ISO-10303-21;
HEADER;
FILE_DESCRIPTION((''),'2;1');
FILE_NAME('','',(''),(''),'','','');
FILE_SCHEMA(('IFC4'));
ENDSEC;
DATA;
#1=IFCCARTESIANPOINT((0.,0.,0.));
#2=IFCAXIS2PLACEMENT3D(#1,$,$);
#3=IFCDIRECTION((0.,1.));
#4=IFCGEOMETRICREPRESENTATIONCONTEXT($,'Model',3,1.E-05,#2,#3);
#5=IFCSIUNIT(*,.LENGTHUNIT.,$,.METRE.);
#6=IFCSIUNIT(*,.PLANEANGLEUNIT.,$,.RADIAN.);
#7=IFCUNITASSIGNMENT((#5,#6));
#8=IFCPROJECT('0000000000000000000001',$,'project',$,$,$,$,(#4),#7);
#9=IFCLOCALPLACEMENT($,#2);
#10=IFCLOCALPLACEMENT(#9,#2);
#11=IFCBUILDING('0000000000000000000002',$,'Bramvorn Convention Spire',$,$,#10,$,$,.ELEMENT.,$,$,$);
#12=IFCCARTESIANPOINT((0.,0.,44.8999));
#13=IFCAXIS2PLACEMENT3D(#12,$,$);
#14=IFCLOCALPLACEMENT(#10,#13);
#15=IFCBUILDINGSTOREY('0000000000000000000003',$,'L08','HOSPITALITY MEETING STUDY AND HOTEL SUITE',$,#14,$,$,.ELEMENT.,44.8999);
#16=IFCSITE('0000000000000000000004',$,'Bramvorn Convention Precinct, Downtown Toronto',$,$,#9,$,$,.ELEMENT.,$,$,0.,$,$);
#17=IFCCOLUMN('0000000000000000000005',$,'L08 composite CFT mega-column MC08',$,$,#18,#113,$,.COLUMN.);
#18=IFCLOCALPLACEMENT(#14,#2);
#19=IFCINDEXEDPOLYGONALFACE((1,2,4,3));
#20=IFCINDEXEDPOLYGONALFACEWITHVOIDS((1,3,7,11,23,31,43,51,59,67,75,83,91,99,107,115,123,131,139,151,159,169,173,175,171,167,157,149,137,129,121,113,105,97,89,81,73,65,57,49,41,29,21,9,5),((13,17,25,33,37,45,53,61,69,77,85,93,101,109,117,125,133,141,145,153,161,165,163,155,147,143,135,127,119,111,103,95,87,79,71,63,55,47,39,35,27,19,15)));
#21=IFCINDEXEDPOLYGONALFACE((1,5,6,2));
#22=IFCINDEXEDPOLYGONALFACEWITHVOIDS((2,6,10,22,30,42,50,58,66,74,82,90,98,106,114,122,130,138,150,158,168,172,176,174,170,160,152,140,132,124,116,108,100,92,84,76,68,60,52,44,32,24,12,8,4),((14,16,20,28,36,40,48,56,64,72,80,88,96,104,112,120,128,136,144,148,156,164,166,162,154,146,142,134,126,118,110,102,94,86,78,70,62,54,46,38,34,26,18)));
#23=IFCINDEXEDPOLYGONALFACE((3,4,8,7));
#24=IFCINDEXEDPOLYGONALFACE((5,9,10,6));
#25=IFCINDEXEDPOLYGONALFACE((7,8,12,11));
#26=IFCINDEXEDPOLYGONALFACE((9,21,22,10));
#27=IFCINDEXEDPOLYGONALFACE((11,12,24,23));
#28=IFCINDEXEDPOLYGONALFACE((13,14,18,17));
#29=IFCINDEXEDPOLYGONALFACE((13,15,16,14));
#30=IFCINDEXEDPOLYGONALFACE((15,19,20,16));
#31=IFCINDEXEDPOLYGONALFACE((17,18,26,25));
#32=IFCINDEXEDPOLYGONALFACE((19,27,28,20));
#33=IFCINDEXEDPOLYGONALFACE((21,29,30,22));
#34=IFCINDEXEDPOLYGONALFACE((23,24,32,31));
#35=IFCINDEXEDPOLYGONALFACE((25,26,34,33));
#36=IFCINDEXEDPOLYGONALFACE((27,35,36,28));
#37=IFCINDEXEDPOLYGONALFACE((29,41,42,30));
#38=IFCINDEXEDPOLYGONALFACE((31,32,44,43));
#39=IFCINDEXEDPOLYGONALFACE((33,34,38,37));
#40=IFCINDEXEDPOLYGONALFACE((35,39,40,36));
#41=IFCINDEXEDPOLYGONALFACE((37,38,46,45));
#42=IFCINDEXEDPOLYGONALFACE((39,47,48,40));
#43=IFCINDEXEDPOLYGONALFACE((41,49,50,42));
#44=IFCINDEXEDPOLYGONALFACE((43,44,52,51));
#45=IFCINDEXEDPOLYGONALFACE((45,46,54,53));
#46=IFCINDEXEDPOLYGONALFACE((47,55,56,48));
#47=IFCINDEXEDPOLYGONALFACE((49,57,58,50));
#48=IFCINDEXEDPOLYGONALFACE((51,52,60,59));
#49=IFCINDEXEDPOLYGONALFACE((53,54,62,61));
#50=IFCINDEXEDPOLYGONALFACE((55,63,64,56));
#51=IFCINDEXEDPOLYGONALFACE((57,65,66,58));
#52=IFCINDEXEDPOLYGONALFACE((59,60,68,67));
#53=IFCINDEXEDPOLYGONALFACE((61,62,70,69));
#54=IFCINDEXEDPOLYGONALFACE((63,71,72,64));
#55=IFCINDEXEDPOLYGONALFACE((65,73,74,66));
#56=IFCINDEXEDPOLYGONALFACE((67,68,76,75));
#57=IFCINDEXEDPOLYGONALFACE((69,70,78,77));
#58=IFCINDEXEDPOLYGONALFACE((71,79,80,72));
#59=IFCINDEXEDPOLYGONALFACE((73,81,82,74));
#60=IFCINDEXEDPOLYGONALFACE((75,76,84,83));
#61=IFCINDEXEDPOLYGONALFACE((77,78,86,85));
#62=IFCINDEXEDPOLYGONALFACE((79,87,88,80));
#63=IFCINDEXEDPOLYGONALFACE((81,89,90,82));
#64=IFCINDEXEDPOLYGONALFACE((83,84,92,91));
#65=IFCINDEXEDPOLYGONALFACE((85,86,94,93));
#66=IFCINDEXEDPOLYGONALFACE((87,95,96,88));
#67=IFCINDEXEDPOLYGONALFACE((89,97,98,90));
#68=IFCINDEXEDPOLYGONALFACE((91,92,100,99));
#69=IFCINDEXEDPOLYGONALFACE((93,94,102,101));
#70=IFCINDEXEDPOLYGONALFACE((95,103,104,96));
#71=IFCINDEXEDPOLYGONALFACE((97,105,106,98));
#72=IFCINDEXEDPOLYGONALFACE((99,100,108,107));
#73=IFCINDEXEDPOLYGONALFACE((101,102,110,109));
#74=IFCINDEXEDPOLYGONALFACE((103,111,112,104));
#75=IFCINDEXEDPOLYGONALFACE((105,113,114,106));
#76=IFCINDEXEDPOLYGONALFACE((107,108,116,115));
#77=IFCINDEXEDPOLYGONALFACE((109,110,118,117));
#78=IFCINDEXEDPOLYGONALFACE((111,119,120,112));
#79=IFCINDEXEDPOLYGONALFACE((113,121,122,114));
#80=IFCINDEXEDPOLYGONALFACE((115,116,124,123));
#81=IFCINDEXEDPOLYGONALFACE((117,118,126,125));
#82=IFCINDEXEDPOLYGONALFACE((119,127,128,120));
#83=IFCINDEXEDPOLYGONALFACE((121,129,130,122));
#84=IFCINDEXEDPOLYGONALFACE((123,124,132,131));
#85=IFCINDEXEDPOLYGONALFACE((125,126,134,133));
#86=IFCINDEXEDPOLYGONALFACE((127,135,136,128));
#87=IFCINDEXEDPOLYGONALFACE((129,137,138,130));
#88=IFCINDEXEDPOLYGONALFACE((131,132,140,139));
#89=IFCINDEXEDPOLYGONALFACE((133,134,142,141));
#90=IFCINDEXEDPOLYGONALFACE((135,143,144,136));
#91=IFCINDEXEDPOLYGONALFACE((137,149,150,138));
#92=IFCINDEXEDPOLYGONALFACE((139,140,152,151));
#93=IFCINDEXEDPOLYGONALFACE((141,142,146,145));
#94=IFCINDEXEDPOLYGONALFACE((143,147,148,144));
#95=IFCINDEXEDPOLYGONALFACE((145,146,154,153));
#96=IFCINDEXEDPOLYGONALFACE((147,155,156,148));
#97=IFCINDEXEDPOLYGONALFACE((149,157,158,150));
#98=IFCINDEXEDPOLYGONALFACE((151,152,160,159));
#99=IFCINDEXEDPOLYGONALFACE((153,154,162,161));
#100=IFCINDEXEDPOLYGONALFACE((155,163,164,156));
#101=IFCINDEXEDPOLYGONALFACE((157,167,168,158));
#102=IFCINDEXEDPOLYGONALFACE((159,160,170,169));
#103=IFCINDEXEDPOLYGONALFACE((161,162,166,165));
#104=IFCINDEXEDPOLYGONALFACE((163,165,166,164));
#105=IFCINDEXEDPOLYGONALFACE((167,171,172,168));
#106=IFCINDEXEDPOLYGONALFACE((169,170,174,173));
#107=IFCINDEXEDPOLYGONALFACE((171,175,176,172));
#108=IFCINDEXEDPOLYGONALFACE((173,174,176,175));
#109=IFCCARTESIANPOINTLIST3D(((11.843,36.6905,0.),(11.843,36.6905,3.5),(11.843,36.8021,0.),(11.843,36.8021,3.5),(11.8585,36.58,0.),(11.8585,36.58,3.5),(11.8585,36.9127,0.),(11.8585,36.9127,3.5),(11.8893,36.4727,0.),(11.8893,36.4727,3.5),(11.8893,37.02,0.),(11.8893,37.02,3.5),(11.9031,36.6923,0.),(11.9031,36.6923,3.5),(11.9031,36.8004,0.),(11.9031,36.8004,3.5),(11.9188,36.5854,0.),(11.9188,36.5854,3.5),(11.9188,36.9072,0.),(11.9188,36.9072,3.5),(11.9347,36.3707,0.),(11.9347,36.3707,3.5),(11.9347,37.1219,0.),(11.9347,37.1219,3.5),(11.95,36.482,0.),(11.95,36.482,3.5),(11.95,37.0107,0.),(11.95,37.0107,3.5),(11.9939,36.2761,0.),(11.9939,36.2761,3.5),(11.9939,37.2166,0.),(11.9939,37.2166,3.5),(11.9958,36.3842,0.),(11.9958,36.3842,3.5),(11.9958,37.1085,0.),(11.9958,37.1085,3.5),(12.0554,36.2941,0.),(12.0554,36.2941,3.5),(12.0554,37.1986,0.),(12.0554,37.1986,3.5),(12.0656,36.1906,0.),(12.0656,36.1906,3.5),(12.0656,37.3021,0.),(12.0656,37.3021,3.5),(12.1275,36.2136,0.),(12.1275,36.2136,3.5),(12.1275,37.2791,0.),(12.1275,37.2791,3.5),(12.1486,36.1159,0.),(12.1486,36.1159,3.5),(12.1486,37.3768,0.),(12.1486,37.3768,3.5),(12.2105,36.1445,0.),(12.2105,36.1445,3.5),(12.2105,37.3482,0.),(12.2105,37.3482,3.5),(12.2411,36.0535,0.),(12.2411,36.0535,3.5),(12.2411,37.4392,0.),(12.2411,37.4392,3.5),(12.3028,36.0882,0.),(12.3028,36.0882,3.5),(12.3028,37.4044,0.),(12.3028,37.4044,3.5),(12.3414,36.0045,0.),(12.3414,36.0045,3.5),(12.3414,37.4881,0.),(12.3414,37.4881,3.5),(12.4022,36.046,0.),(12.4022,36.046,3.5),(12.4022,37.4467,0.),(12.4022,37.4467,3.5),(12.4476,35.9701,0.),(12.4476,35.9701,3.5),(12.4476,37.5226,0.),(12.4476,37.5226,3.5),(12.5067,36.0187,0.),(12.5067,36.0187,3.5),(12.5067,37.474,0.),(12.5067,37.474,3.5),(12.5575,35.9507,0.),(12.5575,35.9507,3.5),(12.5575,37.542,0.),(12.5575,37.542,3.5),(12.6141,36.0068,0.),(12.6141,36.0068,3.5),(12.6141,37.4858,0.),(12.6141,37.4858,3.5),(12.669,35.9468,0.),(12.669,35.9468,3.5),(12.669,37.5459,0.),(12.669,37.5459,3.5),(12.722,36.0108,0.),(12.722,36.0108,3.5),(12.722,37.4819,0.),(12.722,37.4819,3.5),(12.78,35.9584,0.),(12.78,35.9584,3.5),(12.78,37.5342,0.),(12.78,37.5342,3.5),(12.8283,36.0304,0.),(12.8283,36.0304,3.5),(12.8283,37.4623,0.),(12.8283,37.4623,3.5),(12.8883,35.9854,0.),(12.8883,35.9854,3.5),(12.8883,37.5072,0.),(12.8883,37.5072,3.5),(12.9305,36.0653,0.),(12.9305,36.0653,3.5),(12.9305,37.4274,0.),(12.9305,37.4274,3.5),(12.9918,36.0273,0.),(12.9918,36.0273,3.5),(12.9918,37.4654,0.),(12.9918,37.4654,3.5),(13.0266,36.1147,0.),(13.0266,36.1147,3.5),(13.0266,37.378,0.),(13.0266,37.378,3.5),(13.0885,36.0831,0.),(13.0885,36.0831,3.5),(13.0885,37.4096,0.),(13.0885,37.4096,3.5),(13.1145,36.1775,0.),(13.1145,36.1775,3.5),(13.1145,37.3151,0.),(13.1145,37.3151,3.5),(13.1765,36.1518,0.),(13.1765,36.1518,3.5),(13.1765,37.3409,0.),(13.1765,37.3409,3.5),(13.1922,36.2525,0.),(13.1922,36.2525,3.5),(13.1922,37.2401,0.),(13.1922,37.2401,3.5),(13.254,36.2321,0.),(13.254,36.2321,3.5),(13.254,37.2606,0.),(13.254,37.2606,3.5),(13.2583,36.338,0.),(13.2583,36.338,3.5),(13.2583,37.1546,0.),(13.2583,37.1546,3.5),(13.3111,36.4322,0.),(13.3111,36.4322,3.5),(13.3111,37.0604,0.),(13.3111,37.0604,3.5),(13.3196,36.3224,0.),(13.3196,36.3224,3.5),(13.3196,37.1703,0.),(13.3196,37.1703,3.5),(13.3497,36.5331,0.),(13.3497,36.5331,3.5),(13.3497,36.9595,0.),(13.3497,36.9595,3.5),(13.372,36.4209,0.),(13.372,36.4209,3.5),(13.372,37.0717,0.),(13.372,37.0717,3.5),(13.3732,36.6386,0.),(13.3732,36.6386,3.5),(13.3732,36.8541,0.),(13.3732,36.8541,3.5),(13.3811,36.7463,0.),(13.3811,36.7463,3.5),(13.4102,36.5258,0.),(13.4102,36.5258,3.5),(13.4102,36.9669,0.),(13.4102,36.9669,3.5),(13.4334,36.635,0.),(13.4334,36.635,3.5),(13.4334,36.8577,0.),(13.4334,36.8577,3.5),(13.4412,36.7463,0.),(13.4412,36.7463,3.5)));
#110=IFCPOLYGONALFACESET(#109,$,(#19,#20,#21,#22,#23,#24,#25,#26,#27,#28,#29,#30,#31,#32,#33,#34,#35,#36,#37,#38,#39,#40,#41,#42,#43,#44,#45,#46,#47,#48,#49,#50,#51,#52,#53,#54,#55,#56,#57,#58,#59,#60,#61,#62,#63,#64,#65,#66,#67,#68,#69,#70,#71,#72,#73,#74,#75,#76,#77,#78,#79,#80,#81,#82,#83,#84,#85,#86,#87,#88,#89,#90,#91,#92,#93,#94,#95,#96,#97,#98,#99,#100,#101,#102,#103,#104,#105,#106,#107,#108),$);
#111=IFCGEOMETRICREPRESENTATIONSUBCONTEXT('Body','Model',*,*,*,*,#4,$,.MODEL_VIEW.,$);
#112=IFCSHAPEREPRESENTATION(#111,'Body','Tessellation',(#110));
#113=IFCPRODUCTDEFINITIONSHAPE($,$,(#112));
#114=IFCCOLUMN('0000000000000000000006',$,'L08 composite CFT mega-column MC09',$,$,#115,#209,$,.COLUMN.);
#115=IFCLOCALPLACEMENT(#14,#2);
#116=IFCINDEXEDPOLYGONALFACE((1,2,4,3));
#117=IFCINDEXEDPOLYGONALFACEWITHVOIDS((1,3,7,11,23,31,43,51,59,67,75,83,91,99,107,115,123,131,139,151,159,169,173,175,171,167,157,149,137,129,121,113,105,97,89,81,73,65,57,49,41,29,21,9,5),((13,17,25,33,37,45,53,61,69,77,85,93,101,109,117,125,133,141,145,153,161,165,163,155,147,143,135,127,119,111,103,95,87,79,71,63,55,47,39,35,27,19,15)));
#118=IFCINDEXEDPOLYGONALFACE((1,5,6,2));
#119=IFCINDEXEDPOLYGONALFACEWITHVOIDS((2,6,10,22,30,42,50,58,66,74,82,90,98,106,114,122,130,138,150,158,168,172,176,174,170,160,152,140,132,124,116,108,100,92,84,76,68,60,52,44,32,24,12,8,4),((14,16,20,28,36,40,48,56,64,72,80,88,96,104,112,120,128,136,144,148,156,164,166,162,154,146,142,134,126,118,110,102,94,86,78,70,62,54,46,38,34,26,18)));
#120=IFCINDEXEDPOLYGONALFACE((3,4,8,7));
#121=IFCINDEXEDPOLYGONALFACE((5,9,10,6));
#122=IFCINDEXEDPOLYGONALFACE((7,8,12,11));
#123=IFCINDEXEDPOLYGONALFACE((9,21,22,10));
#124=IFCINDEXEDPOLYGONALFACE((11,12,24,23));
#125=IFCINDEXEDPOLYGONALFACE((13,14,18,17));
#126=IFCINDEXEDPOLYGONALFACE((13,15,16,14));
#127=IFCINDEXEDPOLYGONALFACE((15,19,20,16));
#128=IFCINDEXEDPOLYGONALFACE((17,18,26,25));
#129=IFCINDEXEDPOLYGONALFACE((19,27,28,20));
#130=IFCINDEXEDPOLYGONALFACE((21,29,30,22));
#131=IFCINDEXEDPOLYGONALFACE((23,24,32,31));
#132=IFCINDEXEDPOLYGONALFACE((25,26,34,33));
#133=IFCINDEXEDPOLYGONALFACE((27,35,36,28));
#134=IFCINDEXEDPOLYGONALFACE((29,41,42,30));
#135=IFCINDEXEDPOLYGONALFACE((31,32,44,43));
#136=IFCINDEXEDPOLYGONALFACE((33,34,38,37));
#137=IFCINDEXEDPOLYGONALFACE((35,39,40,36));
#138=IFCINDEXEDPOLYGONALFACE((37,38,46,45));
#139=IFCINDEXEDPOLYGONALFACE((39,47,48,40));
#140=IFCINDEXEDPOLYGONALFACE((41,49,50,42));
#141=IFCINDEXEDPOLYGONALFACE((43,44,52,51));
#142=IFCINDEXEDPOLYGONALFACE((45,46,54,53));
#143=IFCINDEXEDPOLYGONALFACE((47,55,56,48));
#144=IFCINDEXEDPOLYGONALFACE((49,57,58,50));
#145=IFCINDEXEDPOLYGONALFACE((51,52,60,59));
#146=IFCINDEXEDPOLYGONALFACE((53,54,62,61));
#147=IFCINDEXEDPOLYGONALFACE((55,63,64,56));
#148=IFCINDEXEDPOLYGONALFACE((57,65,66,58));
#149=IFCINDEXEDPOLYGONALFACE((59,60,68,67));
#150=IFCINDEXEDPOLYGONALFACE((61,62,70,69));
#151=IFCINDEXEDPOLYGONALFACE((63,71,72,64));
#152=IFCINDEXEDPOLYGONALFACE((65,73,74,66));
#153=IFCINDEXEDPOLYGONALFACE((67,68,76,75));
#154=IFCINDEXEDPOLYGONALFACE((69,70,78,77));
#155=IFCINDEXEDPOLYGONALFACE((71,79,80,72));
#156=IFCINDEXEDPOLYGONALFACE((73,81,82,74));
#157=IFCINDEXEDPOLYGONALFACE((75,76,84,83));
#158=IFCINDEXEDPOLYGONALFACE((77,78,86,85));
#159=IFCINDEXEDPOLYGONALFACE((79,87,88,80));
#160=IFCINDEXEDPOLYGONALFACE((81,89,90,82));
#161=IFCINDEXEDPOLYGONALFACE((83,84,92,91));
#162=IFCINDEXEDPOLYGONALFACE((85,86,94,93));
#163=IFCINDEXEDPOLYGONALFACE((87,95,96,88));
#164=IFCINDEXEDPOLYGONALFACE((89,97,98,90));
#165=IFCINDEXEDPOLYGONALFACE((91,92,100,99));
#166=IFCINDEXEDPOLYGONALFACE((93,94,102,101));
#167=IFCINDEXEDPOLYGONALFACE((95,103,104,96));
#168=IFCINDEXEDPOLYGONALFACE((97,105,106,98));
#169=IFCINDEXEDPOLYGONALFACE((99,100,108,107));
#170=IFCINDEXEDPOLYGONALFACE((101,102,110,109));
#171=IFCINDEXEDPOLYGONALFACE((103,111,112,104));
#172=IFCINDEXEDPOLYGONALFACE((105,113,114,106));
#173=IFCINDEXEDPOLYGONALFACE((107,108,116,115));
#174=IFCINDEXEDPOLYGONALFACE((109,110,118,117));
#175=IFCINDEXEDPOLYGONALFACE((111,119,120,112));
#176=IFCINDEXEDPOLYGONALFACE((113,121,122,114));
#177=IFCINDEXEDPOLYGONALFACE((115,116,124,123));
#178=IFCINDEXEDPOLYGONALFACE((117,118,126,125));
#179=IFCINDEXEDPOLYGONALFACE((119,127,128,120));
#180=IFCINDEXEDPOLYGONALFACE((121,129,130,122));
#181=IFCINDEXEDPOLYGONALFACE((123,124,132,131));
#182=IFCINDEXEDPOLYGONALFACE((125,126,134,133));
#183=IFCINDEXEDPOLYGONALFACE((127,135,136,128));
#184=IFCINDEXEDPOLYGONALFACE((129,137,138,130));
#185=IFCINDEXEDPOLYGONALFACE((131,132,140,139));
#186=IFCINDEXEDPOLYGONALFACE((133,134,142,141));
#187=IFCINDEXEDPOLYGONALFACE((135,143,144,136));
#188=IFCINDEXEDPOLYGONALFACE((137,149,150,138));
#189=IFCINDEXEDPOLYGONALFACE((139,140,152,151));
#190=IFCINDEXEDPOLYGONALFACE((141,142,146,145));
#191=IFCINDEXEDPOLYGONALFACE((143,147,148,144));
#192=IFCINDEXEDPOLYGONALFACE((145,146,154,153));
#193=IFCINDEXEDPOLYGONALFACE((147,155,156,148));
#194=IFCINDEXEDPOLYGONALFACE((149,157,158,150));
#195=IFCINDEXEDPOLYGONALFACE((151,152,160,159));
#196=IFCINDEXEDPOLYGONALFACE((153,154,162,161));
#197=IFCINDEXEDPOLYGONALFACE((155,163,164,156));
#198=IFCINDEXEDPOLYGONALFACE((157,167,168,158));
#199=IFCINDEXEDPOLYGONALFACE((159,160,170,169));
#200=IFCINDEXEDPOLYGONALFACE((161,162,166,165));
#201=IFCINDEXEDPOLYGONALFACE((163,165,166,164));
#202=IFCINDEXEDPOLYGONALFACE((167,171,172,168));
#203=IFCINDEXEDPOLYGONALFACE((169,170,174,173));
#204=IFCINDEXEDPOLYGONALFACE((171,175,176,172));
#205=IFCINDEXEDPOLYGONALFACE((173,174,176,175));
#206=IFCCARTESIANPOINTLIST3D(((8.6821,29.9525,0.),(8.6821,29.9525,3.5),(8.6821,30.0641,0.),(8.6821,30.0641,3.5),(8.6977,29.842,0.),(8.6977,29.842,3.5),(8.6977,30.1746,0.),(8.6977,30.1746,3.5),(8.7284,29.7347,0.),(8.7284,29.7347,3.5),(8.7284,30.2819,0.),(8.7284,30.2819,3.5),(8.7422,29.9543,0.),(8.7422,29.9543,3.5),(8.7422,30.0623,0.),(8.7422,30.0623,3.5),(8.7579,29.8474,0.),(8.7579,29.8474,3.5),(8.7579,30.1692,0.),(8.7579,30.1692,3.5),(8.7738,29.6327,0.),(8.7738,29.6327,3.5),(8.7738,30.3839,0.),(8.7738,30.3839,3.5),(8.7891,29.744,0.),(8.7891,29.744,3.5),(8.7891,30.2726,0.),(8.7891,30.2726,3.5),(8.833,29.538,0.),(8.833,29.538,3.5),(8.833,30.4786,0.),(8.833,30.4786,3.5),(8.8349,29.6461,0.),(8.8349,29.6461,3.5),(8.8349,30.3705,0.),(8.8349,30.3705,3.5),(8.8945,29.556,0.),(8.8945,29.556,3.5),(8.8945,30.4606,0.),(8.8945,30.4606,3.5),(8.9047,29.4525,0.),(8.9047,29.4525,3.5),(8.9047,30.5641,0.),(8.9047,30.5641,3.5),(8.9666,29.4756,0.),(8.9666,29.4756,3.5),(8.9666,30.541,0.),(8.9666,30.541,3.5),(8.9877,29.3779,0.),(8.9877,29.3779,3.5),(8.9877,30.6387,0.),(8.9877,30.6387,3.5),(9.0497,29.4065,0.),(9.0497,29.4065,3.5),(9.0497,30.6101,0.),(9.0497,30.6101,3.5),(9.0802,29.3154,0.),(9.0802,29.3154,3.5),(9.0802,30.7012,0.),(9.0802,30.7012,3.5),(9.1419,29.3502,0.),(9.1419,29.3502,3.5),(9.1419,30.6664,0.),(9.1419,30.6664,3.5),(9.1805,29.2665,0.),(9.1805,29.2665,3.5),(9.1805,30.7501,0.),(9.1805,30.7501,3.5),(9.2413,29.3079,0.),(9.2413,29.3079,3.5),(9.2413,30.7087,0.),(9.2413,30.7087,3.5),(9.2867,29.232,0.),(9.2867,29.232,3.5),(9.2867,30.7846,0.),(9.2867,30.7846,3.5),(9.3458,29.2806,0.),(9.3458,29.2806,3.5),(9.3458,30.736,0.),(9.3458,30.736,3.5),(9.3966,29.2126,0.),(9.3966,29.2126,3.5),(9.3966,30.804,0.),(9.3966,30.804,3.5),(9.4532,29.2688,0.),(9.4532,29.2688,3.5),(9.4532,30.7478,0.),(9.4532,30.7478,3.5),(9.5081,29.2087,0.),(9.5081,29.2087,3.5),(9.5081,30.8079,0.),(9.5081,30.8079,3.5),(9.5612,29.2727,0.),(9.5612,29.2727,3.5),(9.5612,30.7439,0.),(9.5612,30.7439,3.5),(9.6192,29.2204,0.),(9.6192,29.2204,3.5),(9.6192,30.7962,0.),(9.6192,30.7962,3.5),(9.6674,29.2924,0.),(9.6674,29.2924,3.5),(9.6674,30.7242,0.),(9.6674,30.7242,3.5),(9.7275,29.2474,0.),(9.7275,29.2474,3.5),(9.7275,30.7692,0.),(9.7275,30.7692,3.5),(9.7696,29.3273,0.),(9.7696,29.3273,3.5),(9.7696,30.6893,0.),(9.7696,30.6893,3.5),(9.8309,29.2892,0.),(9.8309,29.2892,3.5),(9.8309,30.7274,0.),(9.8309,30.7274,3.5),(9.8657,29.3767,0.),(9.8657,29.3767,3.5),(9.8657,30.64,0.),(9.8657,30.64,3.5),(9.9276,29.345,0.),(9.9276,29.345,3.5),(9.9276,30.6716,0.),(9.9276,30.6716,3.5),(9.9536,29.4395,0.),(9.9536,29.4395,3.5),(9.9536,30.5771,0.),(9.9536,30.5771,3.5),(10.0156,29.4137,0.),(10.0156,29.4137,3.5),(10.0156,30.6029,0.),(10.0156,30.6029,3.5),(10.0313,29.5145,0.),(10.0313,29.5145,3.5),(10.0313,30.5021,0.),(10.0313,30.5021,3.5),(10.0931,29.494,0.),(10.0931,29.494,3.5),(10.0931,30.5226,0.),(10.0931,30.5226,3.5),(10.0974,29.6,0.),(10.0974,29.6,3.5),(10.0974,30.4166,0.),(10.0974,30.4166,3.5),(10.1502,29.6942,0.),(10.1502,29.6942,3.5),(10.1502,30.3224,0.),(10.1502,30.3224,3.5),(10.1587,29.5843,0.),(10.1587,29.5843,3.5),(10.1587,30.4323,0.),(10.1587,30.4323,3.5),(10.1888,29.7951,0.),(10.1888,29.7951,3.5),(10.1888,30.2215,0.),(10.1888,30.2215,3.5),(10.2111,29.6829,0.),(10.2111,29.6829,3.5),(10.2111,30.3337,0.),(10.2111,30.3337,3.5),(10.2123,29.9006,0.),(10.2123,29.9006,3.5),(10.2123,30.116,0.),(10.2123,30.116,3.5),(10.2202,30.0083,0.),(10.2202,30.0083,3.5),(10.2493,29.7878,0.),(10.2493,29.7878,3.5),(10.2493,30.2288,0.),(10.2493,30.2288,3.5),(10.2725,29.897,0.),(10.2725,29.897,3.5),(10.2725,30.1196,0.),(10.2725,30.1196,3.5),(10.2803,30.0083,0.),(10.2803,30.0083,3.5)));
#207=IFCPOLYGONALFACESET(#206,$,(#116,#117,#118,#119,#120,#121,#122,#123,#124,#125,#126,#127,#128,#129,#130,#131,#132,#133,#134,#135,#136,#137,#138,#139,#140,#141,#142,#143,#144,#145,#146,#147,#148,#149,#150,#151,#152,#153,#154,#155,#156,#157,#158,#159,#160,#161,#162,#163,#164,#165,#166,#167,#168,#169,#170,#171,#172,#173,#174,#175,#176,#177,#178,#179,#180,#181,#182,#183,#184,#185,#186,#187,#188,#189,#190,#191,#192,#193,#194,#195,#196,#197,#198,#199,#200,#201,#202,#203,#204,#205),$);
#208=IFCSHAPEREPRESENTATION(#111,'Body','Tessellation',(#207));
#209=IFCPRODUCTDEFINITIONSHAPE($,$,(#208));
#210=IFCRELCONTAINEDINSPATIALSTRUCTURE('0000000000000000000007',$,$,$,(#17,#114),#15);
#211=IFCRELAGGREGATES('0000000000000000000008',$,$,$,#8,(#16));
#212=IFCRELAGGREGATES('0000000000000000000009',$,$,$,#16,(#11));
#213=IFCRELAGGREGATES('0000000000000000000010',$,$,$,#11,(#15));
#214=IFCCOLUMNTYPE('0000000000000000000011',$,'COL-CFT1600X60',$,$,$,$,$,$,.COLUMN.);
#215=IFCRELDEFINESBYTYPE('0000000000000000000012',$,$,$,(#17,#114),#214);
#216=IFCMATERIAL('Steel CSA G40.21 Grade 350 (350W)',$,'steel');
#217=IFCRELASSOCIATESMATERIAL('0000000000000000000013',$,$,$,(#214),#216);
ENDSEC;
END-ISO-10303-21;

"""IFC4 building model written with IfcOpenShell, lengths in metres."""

from ifc_helpers import new_model, si_unit, direction, frame, origin, origin_2d, place, context, subcontext, project, spatial, hollow_circle, extrude, material, material_profile, profile_set, type_object, element, save


model = new_model("IFC4")

# Units and contexts
model_context = context("Model", 3, precision=1e-05, world=origin(), true_north=direction((0.0, 1.0)))
body_context = subcontext(model_context, "Body", "Model", "MODEL_VIEW")
ifc_project = project(units=[si_unit("LENGTHUNIT", "METRE"), si_unit("PLANEANGLEUNIT", "RADIAN")], contexts=[model_context])

# Site, building, storey
site_placement = place(None, origin())
site = spatial("IfcSite", under=ifc_project, at=site_placement, Name="Bramvorn Convention Precinct, Downtown Toronto", CompositionType="ELEMENT", RefElevation=0.0)
building_placement = place(site_placement, origin())
building = spatial("IfcBuilding", under=site, at=building_placement, Name="Bramvorn Convention Spire", CompositionType="ELEMENT")
storey_placement = place(building_placement, frame((0.0, 0.0, 44.8999)))
storey = spatial("IfcBuildingStorey", under=building, at=storey_placement, Name="L08", Description="HOSPITALITY MEETING STUDY AND HOTEL SUITE", CompositionType="ELEMENT", Elevation=44.8999)

# Columns
ifc_material_1 = material(Name="Steel CSA G40.21 Grade 350 (350W)", Category="steel")
ifc_material_profile_1 = material_profile(ifc_material_1, hollow_circle(Radius=0.8, WallThickness=0.0601, at=origin_2d()))
ifc_profile_set_1 = profile_set([ifc_material_profile_1], Name="Steel CSA G40.21 Grade 350 (350W) - CFT1600X60")
column_type = type_object("IfcColumnType", Name="COL-CFT1600X60", PredefinedType="COLUMN", material=ifc_profile_set_1)
for number, where, z_axis, x_axis, name in (
    (1, (12.6411, 36.7463, 0.0), (0.0, 0.0, 1.0), (1.0, 0.0, 0.0), "L08 composite CFT mega-column MC08"),
    (2, (9.4802, 30.0083, 0.0), (0.0, 0.0, 1.0), (1.0, 0.0, 0.0), "L08 composite CFT mega-column MC09"),
):
    element("IfcColumn", number, at=place(storey_placement, frame(where, z_axis=z_axis, x_axis=x_axis)), inside=storey, type_object=column_type, Name=name, PredefinedType="COLUMN", context=body_context, shape_type="SweptSolid", body=[
        extrude(hollow_circle(Radius=0.8, WallThickness=0.0601, at=origin_2d()), origin(), (0.0, 0.0, 1.0), 3.5),
    ])

save(model, "model.ifc")
